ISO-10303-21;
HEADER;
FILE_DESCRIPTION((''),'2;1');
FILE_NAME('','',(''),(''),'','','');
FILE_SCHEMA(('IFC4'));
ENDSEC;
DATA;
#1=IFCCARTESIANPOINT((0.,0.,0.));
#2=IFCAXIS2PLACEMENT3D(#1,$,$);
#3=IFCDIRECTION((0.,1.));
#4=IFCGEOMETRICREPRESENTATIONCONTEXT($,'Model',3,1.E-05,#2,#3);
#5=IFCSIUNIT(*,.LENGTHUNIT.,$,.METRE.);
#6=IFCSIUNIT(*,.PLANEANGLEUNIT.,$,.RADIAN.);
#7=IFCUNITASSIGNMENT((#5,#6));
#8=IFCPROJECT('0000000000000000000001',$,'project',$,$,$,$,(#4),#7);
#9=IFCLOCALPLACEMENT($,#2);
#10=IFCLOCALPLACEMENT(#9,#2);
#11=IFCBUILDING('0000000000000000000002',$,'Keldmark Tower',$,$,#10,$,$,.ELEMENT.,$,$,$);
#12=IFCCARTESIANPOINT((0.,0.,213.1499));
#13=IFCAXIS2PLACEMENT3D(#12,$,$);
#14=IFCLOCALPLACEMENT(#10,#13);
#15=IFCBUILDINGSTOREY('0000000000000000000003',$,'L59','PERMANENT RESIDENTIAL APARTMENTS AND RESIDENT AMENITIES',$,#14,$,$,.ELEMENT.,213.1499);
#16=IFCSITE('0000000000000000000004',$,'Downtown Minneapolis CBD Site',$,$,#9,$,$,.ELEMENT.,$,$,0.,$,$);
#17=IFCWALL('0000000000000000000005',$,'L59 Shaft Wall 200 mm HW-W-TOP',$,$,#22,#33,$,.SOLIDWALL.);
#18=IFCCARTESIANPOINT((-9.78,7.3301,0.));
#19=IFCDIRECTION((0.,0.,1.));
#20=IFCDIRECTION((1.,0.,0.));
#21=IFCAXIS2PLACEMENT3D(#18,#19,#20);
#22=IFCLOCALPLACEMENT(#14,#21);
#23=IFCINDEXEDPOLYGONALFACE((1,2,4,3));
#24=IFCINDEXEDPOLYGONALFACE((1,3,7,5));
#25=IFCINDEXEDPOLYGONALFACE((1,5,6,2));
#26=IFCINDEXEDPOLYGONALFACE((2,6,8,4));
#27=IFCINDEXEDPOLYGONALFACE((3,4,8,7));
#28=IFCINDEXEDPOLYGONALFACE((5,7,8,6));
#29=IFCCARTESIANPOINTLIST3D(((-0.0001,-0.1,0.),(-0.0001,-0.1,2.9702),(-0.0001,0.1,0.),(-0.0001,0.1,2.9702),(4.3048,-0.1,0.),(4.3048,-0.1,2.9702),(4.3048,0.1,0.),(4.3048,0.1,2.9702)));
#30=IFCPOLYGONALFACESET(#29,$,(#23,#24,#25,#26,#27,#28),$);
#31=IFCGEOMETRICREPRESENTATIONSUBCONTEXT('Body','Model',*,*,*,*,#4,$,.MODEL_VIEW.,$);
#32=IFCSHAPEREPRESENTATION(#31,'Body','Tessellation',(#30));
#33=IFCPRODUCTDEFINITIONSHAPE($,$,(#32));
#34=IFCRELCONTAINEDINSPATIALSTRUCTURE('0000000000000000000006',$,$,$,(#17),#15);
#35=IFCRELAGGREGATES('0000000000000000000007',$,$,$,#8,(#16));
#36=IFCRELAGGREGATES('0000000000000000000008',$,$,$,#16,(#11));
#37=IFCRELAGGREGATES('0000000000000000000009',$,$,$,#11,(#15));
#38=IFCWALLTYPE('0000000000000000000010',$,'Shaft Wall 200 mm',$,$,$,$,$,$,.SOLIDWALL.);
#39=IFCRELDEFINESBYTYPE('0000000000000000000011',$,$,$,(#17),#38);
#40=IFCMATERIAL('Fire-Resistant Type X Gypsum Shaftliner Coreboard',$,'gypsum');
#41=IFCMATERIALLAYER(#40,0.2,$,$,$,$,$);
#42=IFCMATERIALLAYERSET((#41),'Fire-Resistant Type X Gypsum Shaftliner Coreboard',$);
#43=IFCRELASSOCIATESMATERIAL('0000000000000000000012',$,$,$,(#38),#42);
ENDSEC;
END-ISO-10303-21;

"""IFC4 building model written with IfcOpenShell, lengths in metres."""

from ifc_helpers import new_model, si_unit, direction, frame, frame_2d, origin, place, context, subcontext, project, spatial, rectangle, extrude, material, layer, layer_set, type_object, element, save


model = new_model("IFC4")

# Units and contexts
model_context = context("Model", 3, precision=1e-05, world=origin(), true_north=direction((0.0, 1.0)))
body_context = subcontext(model_context, "Body", "Model", "MODEL_VIEW")
ifc_project = project(units=[si_unit("LENGTHUNIT", "METRE"), si_unit("PLANEANGLEUNIT", "RADIAN")], contexts=[model_context])

# Site, building, storey
site_placement = place(None, origin())
site = spatial("IfcSite", under=ifc_project, at=site_placement, Name="Downtown Minneapolis CBD Site", CompositionType="ELEMENT", RefElevation=0.0)
building_placement = place(site_placement, origin())
building = spatial("IfcBuilding", under=site, at=building_placement, Name="Keldmark Tower", CompositionType="ELEMENT")
storey_placement = place(building_placement, frame((0.0, 0.0, 213.1499)))
storey = spatial("IfcBuildingStorey", under=building, at=storey_placement, Name="L59", Description="PERMANENT RESIDENTIAL APARTMENTS AND RESIDENT AMENITIES", CompositionType="ELEMENT", Elevation=213.1499)

# Shared definitions
ifc_material_1 = material(Name="Fire-Resistant Type X Gypsum Shaftliner Coreboard", Category="gypsum")
ifc_layer_1 = layer(ifc_material_1, 0.2)
ifc_layer_set_1 = layer_set([ifc_layer_1], Name="Fire-Resistant Type X Gypsum Shaftliner Coreboard")
wall_type_1 = type_object("IfcWallType", Name="Shaft Wall 200 mm", PredefinedType="SOLIDWALL", material=ifc_layer_set_1)

# Wall
wall_1_placement = place(storey_placement, frame((-9.78, 7.3301, 0.0), z_axis=(0.0, 0.0, 1.0), x_axis=(1.0, 0.0, 0.0)))
element("IfcWall", 1, at=wall_1_placement, inside=storey, type_object=wall_type_1, Name="L59 Shaft Wall 200 mm HW-W-TOP", PredefinedType="SOLIDWALL", context=body_context, shape_type="SweptSolid", body=[
    extrude(rectangle(XDim=4.3049, YDim=0.2, at=frame_2d((2.1523, 0.0))), origin(), (0.0, 0.0, 1.0), 2.9702),
])

save(model, "model.ifc")
